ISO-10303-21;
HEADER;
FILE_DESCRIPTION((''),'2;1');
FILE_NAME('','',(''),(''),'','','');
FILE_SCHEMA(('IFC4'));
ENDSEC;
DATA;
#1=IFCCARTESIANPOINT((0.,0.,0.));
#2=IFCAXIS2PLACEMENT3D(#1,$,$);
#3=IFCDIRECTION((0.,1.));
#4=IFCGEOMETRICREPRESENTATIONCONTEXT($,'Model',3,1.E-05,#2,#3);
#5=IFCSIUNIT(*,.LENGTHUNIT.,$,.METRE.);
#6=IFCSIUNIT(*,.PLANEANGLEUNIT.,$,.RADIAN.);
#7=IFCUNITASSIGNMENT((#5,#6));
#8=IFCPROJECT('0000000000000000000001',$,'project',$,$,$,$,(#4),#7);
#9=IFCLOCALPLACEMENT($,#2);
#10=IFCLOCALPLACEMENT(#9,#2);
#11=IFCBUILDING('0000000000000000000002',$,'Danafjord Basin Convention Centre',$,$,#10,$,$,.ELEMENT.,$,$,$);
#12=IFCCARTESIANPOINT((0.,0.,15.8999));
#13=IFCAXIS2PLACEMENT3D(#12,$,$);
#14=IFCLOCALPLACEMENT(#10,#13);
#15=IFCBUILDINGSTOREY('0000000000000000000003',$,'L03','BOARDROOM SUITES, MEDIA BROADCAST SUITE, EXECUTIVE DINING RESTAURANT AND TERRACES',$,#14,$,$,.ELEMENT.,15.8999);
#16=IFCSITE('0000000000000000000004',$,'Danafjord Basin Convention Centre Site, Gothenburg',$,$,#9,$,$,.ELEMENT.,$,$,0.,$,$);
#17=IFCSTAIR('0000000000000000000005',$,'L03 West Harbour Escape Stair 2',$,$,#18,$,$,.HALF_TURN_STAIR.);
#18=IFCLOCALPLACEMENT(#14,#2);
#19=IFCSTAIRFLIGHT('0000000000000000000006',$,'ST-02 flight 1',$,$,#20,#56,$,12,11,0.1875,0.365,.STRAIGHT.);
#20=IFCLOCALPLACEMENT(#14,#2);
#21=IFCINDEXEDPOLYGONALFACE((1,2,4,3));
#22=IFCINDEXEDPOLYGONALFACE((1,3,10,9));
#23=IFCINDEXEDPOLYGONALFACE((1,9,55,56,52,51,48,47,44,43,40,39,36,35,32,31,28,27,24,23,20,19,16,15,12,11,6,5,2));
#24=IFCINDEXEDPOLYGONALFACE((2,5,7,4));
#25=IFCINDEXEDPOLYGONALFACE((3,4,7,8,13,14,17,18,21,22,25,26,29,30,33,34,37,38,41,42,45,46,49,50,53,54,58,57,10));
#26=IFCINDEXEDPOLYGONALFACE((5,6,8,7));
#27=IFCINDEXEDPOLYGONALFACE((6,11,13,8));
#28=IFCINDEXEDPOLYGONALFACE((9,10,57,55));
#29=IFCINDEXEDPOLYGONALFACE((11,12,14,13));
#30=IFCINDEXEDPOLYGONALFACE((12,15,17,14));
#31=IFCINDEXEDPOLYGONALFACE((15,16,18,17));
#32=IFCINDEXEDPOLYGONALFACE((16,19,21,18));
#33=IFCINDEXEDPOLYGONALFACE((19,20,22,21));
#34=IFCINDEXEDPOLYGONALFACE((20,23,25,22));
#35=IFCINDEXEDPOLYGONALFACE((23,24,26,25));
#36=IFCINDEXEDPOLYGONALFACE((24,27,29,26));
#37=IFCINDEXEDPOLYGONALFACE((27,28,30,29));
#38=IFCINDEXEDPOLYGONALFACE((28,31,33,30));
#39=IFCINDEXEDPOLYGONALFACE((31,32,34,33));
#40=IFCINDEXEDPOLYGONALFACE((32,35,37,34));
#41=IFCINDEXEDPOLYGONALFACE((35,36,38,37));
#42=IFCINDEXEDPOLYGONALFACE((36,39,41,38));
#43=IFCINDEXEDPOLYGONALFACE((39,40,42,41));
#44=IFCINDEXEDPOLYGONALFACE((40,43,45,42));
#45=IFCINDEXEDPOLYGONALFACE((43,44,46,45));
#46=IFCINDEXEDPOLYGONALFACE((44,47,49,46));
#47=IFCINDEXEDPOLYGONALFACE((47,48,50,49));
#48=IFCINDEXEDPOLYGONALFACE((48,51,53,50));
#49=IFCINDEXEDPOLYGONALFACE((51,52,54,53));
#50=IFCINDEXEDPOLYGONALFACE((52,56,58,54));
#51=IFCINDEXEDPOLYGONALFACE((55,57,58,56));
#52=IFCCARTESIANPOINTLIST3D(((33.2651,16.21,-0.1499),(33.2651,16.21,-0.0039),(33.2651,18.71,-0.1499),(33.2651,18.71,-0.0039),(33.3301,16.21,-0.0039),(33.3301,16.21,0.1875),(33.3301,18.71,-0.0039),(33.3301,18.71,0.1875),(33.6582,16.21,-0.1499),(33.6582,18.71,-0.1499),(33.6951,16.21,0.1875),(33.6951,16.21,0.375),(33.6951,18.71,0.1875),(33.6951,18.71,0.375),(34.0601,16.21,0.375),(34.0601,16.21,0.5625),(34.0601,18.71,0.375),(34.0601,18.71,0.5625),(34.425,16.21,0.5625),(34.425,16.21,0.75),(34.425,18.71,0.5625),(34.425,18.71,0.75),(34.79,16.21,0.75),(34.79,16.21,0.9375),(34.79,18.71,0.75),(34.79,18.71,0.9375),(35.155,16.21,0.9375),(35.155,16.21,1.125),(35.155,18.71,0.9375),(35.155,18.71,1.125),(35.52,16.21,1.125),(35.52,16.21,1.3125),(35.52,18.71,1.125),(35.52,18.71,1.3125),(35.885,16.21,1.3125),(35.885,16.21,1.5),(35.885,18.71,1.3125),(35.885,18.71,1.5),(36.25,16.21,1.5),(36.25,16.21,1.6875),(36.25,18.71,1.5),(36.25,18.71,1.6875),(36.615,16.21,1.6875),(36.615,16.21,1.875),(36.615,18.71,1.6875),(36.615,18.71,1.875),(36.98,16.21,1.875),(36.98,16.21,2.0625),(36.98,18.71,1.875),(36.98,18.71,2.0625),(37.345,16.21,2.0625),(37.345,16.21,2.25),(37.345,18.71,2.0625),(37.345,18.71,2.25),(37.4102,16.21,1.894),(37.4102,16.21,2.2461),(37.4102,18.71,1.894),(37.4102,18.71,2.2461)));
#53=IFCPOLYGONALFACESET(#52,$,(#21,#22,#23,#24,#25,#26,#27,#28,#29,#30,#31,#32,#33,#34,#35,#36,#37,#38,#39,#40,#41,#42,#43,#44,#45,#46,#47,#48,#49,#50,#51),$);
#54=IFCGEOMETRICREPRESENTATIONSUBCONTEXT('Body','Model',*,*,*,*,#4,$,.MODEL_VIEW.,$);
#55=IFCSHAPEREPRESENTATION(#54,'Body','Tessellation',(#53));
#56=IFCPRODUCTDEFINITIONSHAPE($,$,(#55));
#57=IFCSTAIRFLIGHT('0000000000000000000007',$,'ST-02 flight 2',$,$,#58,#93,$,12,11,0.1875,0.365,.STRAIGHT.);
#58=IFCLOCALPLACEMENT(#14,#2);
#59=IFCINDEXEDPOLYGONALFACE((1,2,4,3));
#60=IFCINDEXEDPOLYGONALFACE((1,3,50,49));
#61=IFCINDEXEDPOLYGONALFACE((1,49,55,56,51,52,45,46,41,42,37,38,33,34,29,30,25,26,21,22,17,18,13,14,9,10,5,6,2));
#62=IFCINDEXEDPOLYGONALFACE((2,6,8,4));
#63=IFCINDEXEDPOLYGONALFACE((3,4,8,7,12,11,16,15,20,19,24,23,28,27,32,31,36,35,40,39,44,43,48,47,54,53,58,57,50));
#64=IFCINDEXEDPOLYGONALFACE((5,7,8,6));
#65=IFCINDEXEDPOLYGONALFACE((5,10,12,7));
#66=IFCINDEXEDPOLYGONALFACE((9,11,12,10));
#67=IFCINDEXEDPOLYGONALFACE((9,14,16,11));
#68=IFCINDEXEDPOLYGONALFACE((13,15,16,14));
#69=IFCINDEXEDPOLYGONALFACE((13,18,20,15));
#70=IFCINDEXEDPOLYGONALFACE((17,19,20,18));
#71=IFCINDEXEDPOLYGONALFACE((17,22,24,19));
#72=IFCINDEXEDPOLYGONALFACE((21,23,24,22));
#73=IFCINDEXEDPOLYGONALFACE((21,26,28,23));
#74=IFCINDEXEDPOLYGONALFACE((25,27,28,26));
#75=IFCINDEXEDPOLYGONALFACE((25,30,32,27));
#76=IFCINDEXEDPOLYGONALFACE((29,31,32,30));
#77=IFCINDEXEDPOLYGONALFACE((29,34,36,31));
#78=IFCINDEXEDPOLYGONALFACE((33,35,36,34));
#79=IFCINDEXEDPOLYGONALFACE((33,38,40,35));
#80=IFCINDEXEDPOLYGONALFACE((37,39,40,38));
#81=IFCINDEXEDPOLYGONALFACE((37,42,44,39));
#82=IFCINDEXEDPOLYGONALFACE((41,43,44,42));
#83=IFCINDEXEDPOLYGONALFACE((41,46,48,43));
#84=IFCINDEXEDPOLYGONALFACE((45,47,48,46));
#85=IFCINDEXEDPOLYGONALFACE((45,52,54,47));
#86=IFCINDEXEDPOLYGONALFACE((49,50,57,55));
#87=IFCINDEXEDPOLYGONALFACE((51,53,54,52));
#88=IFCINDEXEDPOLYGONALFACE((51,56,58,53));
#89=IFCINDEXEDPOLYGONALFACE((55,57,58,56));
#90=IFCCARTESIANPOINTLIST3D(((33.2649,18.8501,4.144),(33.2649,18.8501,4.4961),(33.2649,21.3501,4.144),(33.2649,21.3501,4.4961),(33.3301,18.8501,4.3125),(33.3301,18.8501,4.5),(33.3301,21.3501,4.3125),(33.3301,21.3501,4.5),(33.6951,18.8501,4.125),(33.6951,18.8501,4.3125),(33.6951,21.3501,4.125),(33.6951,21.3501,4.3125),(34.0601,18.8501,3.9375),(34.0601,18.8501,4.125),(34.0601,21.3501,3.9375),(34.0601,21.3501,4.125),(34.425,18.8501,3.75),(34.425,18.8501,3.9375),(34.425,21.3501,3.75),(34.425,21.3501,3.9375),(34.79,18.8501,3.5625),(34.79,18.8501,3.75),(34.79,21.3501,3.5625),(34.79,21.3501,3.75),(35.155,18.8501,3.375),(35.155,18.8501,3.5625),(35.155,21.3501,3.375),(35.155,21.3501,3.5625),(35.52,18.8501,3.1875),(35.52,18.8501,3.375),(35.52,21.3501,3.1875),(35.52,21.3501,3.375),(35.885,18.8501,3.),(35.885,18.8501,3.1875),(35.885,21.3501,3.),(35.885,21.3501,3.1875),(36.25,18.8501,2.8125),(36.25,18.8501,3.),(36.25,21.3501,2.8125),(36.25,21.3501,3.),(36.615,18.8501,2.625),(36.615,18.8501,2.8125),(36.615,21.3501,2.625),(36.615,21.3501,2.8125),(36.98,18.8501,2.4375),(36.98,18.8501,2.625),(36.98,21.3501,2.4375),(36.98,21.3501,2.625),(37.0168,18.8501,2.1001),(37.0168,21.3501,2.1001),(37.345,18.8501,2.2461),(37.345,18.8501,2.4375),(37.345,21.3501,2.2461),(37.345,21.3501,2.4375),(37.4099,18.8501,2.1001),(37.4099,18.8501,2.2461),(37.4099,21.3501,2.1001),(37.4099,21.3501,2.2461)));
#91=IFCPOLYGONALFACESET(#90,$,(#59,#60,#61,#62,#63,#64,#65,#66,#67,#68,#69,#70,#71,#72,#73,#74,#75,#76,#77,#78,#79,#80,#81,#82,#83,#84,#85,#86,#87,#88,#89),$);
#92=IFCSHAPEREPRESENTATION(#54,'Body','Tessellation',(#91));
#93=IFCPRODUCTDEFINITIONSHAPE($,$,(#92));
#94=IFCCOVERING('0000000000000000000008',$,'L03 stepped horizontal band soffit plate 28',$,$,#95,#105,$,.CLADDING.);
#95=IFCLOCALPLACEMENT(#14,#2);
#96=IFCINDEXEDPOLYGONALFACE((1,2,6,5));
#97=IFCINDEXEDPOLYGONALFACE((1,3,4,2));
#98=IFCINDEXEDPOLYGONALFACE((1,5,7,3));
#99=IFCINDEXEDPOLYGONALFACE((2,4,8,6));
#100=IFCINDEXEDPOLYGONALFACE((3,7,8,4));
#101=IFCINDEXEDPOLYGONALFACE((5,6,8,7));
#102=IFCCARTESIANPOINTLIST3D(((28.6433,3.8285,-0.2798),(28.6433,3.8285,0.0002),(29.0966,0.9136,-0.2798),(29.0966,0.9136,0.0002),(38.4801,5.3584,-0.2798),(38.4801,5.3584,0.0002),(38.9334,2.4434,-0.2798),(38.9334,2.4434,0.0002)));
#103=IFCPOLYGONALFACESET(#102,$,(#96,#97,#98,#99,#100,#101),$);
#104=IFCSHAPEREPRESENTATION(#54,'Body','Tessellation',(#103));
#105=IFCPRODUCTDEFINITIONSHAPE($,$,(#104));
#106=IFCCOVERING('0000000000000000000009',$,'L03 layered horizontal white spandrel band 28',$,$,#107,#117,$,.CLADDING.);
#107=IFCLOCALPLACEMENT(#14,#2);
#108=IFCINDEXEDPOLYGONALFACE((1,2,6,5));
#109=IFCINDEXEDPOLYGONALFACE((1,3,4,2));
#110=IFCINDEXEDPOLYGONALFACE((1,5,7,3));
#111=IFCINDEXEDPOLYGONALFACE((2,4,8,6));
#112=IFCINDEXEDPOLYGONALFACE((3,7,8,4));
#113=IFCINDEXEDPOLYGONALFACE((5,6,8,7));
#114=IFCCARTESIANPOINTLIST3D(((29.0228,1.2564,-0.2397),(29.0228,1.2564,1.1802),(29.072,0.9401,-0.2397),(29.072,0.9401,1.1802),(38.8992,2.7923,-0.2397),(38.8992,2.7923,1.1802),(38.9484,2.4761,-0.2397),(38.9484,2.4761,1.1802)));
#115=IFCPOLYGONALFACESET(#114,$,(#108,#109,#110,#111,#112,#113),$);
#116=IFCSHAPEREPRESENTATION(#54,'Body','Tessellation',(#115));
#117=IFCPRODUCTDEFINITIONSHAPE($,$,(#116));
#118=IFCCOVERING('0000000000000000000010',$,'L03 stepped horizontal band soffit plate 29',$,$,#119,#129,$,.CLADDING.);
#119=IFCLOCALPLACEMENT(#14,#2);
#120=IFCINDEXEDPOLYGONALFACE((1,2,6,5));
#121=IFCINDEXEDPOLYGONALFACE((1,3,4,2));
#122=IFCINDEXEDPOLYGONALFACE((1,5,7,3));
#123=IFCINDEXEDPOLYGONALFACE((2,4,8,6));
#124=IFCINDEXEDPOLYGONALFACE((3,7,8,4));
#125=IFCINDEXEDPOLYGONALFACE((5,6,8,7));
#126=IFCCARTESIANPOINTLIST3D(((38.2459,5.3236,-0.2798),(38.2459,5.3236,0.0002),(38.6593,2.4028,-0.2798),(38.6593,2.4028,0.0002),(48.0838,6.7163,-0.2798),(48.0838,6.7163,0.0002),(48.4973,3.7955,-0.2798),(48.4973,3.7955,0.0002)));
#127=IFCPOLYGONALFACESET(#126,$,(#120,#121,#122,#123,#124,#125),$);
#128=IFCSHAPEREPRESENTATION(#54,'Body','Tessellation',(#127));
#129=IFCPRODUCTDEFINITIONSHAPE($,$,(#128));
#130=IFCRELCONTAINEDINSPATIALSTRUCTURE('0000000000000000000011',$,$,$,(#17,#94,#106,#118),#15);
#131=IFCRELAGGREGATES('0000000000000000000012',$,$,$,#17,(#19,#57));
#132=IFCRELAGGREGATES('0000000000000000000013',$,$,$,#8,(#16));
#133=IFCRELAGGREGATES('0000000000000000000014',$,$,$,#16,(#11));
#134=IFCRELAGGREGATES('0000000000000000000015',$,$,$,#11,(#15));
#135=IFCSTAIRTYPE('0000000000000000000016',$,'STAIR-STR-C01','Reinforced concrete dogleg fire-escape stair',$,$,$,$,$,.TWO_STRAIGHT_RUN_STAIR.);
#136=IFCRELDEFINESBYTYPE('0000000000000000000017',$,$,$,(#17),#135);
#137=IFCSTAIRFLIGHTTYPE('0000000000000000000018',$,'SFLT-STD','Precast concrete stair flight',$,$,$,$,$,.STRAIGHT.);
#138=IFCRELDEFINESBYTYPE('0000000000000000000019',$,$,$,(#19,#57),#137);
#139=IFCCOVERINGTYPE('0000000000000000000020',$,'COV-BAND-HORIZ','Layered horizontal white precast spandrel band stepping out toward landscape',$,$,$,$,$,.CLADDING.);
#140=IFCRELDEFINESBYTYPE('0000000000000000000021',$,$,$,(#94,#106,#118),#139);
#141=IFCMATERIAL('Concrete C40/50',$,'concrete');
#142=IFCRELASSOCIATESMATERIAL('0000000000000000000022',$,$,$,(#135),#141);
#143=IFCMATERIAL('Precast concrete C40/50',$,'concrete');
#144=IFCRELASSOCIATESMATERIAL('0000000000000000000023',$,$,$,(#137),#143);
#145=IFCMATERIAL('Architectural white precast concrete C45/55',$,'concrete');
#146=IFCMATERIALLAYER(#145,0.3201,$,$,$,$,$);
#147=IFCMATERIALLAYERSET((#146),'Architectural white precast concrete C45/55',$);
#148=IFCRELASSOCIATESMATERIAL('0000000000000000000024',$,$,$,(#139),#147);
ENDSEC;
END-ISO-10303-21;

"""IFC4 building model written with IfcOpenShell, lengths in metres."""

from ifc_helpers import new_model, si_unit, direction, frame, origin, origin_2d, place, context, subcontext, project, spatial, polyline, rectangle, outline, extrude, material, layer, layer_set, type_object, element, aggregate, save


model = new_model("IFC4")

# Units and contexts
model_context = context("Model", 3, precision=1e-05, world=origin(), true_north=direction((0.0, 1.0)))
body_context = subcontext(model_context, "Body", "Model", "MODEL_VIEW")
ifc_project = project(units=[si_unit("LENGTHUNIT", "METRE"), si_unit("PLANEANGLEUNIT", "RADIAN")], contexts=[model_context])

# Site, building, storey
site_placement = place(None, origin())
site = spatial("IfcSite", under=ifc_project, at=site_placement, Name="Danafjord Basin Convention Centre Site, Gothenburg", CompositionType="ELEMENT", RefElevation=0.0)
building_placement = place(site_placement, origin())
building = spatial("IfcBuilding", under=site, at=building_placement, Name="Danafjord Basin Convention Centre", CompositionType="ELEMENT")
storey_placement = place(building_placement, frame((0.0, 0.0, 15.8999)))
storey = spatial("IfcBuildingStorey", under=building, at=storey_placement, Name="L03", Description="BOARDROOM SUITES, MEDIA BROADCAST SUITE, EXECUTIVE DINING RESTAURANT AND TERRACES", CompositionType="ELEMENT", Elevation=15.8999)

# Stair, stair flights
ifc_material_1 = material(Name="Concrete C40/50", Category="concrete")
stair_type = type_object("IfcStairType", Name="STAIR-STR-C01", Description="Reinforced concrete dogleg fire-escape stair", PredefinedType="TWO_STRAIGHT_RUN_STAIR", material=ifc_material_1)
stair_placement = place(storey_placement, origin())
stair = element("IfcStair", 1, at=stair_placement, inside=storey, type_object=stair_type, Name="L03 West Harbour Escape Stair 2", PredefinedType="HALF_TURN_STAIR")
ifc_material_2 = material(Name="Precast concrete C40/50", Category="concrete")
stair_flight_type = type_object("IfcStairFlightType", Name="SFLT-STD", Description="Precast concrete stair flight", PredefinedType="STRAIGHT", material=ifc_material_2)
stair_flight_1_placement = place(storey_placement, frame((33.3301, 17.46, 0.0), z_axis=(0.0, 0.0, 1.0), x_axis=(1.0, 0.0, 0.0)))
stair_flight_1 = element("IfcStairFlight", 2, at=stair_flight_1_placement, type_object=stair_flight_type, Name="ST-02 flight 1", NumberOfRisers=12, NumberOfTreads=11, PredefinedType="STRAIGHT", RiserHeight=0.1875, TreadLength=0.365, context=body_context, shape_type="SweptSolid", body=[
    extrude(outline(polyline([(-0.0649, -0.1499), (-0.0649, -0.0039), (0.0, -0.0039), (0.0, 0.1875), (0.365, 0.1875), (0.365, 0.375), (0.73, 0.375), (0.73, 0.5625), (1.095, 0.5625), (1.095, 0.75), (1.46, 0.75), (1.46, 0.9375), (1.825, 0.9375), (1.825, 1.125), (2.1899, 1.125), (2.1899, 1.3125), (2.5549, 1.3125), (2.5549, 1.5), (2.9199, 1.5), (2.9199, 1.6875), (3.2849, 1.6875), (3.2849, 1.875), (3.6499, 1.875), (3.6499, 2.0625), (4.0149, 2.0625), (4.0149, 2.25), (4.0801, 2.2461), (4.0801, 1.894), (0.3281, -0.1499), (-0.0649, -0.1499)])), frame((0.0, 1.25, 0.0), z_axis=(0.0, -1.0, 0.0), x_axis=(1.0, 0.0, 0.0)), (0.0, 0.0, 1.0), 2.5),
])
stair_flight_2_placement = place(storey_placement, frame((37.345, 20.1001, 2.25), z_axis=(0.0, 0.0, 1.0), x_axis=(-1.0, 0.0, 0.0)))
stair_flight_2 = element("IfcStairFlight", 3, at=stair_flight_2_placement, type_object=stair_flight_type, Name="ST-02 flight 2", NumberOfRisers=12, NumberOfTreads=11, PredefinedType="STRAIGHT", RiserHeight=0.1875, TreadLength=0.365, context=body_context, shape_type="SweptSolid", body=[
    extrude(outline(polyline([(-0.0649, -0.1499), (-0.0649, -0.0039), (0.0, -0.0039), (0.0, 0.1875), (0.365, 0.1875), (0.365, 0.375), (0.73, 0.375), (0.73, 0.5625), (1.095, 0.5625), (1.095, 0.75), (1.46, 0.75), (1.46, 0.9375), (1.825, 0.9375), (1.825, 1.125), (2.1899, 1.125), (2.1899, 1.3125), (2.5549, 1.3125), (2.5549, 1.5), (2.9199, 1.5), (2.9199, 1.6875), (3.2849, 1.6875), (3.2849, 1.875), (3.6499, 1.875), (3.6499, 2.0625), (4.0149, 2.0625), (4.0149, 2.25), (4.0801, 2.2461), (4.0801, 1.894), (0.3281, -0.1499), (-0.0649, -0.1499)])), frame((0.0, 1.25, 0.0), z_axis=(0.0, -1.0, 0.0), x_axis=(1.0, 0.0, 0.0)), (0.0, 0.0, 1.0), 2.5),
])
aggregate(stair, [stair_flight_1, stair_flight_2])

# Coverings
ifc_material_3 = material(Name="Architectural white precast concrete C45/55", Category="concrete")
ifc_layer_1 = layer(ifc_material_3, 0.3201)
ifc_layer_set_1 = layer_set([ifc_layer_1], Name="Architectural white precast concrete C45/55")
covering_type = type_object("IfcCoveringType", Name="COV-BAND-HORIZ", Description="Layered horizontal white precast spandrel band stepping out toward landscape", PredefinedType="CLADDING", material=ifc_layer_set_1)
covering_1_placement = place(storey_placement, frame((33.7883, 3.136, -0.2798), z_axis=(0.0, 0.0, 1.0), x_axis=(0.988122, 0.153674, 0.0)))
element("IfcCovering", 4, at=covering_1_placement, inside=storey, type_object=covering_type, Name="L03 stepped horizontal band soffit plate 28", PredefinedType="CLADDING", context=body_context, shape_type="SweptSolid", body=[
    extrude(rectangle(XDim=9.9551, YDim=2.95, at=origin_2d()), origin(), (0.0, 0.0, 1.0), 0.28),
])
covering_2_placement = place(storey_placement, frame((33.9856, 1.8662, -0.2397), z_axis=(0.0, 0.0, 1.0), x_axis=(0.988122, 0.153674, 0.0)))
element("IfcCovering", 5, at=covering_2_placement, inside=storey, type_object=covering_type, Name="L03 layered horizontal white spandrel band 28", PredefinedType="CLADDING", context=body_context, shape_type="SweptSolid", body=[
    extrude(rectangle(XDim=9.9951, YDim=0.3201, at=origin_2d()), origin(), (0.0, 0.0, 1.0), 1.4199),
])
covering_3_placement = place(storey_placement, frame((43.3716, 4.5596, -0.2798), z_axis=(0.0, 0.0, 1.0), x_axis=(0.990128, 0.140165, 0.0)))
element("IfcCovering", 6, at=covering_3_placement, inside=storey, type_object=covering_type, Name="L03 stepped horizontal band soffit plate 29", PredefinedType="CLADDING", context=body_context, shape_type="SweptSolid", body=[
    extrude(rectangle(XDim=9.936, YDim=2.95, at=origin_2d()), origin(), (0.0, 0.0, 1.0), 0.28),
])

save(model, "model.ifc")
